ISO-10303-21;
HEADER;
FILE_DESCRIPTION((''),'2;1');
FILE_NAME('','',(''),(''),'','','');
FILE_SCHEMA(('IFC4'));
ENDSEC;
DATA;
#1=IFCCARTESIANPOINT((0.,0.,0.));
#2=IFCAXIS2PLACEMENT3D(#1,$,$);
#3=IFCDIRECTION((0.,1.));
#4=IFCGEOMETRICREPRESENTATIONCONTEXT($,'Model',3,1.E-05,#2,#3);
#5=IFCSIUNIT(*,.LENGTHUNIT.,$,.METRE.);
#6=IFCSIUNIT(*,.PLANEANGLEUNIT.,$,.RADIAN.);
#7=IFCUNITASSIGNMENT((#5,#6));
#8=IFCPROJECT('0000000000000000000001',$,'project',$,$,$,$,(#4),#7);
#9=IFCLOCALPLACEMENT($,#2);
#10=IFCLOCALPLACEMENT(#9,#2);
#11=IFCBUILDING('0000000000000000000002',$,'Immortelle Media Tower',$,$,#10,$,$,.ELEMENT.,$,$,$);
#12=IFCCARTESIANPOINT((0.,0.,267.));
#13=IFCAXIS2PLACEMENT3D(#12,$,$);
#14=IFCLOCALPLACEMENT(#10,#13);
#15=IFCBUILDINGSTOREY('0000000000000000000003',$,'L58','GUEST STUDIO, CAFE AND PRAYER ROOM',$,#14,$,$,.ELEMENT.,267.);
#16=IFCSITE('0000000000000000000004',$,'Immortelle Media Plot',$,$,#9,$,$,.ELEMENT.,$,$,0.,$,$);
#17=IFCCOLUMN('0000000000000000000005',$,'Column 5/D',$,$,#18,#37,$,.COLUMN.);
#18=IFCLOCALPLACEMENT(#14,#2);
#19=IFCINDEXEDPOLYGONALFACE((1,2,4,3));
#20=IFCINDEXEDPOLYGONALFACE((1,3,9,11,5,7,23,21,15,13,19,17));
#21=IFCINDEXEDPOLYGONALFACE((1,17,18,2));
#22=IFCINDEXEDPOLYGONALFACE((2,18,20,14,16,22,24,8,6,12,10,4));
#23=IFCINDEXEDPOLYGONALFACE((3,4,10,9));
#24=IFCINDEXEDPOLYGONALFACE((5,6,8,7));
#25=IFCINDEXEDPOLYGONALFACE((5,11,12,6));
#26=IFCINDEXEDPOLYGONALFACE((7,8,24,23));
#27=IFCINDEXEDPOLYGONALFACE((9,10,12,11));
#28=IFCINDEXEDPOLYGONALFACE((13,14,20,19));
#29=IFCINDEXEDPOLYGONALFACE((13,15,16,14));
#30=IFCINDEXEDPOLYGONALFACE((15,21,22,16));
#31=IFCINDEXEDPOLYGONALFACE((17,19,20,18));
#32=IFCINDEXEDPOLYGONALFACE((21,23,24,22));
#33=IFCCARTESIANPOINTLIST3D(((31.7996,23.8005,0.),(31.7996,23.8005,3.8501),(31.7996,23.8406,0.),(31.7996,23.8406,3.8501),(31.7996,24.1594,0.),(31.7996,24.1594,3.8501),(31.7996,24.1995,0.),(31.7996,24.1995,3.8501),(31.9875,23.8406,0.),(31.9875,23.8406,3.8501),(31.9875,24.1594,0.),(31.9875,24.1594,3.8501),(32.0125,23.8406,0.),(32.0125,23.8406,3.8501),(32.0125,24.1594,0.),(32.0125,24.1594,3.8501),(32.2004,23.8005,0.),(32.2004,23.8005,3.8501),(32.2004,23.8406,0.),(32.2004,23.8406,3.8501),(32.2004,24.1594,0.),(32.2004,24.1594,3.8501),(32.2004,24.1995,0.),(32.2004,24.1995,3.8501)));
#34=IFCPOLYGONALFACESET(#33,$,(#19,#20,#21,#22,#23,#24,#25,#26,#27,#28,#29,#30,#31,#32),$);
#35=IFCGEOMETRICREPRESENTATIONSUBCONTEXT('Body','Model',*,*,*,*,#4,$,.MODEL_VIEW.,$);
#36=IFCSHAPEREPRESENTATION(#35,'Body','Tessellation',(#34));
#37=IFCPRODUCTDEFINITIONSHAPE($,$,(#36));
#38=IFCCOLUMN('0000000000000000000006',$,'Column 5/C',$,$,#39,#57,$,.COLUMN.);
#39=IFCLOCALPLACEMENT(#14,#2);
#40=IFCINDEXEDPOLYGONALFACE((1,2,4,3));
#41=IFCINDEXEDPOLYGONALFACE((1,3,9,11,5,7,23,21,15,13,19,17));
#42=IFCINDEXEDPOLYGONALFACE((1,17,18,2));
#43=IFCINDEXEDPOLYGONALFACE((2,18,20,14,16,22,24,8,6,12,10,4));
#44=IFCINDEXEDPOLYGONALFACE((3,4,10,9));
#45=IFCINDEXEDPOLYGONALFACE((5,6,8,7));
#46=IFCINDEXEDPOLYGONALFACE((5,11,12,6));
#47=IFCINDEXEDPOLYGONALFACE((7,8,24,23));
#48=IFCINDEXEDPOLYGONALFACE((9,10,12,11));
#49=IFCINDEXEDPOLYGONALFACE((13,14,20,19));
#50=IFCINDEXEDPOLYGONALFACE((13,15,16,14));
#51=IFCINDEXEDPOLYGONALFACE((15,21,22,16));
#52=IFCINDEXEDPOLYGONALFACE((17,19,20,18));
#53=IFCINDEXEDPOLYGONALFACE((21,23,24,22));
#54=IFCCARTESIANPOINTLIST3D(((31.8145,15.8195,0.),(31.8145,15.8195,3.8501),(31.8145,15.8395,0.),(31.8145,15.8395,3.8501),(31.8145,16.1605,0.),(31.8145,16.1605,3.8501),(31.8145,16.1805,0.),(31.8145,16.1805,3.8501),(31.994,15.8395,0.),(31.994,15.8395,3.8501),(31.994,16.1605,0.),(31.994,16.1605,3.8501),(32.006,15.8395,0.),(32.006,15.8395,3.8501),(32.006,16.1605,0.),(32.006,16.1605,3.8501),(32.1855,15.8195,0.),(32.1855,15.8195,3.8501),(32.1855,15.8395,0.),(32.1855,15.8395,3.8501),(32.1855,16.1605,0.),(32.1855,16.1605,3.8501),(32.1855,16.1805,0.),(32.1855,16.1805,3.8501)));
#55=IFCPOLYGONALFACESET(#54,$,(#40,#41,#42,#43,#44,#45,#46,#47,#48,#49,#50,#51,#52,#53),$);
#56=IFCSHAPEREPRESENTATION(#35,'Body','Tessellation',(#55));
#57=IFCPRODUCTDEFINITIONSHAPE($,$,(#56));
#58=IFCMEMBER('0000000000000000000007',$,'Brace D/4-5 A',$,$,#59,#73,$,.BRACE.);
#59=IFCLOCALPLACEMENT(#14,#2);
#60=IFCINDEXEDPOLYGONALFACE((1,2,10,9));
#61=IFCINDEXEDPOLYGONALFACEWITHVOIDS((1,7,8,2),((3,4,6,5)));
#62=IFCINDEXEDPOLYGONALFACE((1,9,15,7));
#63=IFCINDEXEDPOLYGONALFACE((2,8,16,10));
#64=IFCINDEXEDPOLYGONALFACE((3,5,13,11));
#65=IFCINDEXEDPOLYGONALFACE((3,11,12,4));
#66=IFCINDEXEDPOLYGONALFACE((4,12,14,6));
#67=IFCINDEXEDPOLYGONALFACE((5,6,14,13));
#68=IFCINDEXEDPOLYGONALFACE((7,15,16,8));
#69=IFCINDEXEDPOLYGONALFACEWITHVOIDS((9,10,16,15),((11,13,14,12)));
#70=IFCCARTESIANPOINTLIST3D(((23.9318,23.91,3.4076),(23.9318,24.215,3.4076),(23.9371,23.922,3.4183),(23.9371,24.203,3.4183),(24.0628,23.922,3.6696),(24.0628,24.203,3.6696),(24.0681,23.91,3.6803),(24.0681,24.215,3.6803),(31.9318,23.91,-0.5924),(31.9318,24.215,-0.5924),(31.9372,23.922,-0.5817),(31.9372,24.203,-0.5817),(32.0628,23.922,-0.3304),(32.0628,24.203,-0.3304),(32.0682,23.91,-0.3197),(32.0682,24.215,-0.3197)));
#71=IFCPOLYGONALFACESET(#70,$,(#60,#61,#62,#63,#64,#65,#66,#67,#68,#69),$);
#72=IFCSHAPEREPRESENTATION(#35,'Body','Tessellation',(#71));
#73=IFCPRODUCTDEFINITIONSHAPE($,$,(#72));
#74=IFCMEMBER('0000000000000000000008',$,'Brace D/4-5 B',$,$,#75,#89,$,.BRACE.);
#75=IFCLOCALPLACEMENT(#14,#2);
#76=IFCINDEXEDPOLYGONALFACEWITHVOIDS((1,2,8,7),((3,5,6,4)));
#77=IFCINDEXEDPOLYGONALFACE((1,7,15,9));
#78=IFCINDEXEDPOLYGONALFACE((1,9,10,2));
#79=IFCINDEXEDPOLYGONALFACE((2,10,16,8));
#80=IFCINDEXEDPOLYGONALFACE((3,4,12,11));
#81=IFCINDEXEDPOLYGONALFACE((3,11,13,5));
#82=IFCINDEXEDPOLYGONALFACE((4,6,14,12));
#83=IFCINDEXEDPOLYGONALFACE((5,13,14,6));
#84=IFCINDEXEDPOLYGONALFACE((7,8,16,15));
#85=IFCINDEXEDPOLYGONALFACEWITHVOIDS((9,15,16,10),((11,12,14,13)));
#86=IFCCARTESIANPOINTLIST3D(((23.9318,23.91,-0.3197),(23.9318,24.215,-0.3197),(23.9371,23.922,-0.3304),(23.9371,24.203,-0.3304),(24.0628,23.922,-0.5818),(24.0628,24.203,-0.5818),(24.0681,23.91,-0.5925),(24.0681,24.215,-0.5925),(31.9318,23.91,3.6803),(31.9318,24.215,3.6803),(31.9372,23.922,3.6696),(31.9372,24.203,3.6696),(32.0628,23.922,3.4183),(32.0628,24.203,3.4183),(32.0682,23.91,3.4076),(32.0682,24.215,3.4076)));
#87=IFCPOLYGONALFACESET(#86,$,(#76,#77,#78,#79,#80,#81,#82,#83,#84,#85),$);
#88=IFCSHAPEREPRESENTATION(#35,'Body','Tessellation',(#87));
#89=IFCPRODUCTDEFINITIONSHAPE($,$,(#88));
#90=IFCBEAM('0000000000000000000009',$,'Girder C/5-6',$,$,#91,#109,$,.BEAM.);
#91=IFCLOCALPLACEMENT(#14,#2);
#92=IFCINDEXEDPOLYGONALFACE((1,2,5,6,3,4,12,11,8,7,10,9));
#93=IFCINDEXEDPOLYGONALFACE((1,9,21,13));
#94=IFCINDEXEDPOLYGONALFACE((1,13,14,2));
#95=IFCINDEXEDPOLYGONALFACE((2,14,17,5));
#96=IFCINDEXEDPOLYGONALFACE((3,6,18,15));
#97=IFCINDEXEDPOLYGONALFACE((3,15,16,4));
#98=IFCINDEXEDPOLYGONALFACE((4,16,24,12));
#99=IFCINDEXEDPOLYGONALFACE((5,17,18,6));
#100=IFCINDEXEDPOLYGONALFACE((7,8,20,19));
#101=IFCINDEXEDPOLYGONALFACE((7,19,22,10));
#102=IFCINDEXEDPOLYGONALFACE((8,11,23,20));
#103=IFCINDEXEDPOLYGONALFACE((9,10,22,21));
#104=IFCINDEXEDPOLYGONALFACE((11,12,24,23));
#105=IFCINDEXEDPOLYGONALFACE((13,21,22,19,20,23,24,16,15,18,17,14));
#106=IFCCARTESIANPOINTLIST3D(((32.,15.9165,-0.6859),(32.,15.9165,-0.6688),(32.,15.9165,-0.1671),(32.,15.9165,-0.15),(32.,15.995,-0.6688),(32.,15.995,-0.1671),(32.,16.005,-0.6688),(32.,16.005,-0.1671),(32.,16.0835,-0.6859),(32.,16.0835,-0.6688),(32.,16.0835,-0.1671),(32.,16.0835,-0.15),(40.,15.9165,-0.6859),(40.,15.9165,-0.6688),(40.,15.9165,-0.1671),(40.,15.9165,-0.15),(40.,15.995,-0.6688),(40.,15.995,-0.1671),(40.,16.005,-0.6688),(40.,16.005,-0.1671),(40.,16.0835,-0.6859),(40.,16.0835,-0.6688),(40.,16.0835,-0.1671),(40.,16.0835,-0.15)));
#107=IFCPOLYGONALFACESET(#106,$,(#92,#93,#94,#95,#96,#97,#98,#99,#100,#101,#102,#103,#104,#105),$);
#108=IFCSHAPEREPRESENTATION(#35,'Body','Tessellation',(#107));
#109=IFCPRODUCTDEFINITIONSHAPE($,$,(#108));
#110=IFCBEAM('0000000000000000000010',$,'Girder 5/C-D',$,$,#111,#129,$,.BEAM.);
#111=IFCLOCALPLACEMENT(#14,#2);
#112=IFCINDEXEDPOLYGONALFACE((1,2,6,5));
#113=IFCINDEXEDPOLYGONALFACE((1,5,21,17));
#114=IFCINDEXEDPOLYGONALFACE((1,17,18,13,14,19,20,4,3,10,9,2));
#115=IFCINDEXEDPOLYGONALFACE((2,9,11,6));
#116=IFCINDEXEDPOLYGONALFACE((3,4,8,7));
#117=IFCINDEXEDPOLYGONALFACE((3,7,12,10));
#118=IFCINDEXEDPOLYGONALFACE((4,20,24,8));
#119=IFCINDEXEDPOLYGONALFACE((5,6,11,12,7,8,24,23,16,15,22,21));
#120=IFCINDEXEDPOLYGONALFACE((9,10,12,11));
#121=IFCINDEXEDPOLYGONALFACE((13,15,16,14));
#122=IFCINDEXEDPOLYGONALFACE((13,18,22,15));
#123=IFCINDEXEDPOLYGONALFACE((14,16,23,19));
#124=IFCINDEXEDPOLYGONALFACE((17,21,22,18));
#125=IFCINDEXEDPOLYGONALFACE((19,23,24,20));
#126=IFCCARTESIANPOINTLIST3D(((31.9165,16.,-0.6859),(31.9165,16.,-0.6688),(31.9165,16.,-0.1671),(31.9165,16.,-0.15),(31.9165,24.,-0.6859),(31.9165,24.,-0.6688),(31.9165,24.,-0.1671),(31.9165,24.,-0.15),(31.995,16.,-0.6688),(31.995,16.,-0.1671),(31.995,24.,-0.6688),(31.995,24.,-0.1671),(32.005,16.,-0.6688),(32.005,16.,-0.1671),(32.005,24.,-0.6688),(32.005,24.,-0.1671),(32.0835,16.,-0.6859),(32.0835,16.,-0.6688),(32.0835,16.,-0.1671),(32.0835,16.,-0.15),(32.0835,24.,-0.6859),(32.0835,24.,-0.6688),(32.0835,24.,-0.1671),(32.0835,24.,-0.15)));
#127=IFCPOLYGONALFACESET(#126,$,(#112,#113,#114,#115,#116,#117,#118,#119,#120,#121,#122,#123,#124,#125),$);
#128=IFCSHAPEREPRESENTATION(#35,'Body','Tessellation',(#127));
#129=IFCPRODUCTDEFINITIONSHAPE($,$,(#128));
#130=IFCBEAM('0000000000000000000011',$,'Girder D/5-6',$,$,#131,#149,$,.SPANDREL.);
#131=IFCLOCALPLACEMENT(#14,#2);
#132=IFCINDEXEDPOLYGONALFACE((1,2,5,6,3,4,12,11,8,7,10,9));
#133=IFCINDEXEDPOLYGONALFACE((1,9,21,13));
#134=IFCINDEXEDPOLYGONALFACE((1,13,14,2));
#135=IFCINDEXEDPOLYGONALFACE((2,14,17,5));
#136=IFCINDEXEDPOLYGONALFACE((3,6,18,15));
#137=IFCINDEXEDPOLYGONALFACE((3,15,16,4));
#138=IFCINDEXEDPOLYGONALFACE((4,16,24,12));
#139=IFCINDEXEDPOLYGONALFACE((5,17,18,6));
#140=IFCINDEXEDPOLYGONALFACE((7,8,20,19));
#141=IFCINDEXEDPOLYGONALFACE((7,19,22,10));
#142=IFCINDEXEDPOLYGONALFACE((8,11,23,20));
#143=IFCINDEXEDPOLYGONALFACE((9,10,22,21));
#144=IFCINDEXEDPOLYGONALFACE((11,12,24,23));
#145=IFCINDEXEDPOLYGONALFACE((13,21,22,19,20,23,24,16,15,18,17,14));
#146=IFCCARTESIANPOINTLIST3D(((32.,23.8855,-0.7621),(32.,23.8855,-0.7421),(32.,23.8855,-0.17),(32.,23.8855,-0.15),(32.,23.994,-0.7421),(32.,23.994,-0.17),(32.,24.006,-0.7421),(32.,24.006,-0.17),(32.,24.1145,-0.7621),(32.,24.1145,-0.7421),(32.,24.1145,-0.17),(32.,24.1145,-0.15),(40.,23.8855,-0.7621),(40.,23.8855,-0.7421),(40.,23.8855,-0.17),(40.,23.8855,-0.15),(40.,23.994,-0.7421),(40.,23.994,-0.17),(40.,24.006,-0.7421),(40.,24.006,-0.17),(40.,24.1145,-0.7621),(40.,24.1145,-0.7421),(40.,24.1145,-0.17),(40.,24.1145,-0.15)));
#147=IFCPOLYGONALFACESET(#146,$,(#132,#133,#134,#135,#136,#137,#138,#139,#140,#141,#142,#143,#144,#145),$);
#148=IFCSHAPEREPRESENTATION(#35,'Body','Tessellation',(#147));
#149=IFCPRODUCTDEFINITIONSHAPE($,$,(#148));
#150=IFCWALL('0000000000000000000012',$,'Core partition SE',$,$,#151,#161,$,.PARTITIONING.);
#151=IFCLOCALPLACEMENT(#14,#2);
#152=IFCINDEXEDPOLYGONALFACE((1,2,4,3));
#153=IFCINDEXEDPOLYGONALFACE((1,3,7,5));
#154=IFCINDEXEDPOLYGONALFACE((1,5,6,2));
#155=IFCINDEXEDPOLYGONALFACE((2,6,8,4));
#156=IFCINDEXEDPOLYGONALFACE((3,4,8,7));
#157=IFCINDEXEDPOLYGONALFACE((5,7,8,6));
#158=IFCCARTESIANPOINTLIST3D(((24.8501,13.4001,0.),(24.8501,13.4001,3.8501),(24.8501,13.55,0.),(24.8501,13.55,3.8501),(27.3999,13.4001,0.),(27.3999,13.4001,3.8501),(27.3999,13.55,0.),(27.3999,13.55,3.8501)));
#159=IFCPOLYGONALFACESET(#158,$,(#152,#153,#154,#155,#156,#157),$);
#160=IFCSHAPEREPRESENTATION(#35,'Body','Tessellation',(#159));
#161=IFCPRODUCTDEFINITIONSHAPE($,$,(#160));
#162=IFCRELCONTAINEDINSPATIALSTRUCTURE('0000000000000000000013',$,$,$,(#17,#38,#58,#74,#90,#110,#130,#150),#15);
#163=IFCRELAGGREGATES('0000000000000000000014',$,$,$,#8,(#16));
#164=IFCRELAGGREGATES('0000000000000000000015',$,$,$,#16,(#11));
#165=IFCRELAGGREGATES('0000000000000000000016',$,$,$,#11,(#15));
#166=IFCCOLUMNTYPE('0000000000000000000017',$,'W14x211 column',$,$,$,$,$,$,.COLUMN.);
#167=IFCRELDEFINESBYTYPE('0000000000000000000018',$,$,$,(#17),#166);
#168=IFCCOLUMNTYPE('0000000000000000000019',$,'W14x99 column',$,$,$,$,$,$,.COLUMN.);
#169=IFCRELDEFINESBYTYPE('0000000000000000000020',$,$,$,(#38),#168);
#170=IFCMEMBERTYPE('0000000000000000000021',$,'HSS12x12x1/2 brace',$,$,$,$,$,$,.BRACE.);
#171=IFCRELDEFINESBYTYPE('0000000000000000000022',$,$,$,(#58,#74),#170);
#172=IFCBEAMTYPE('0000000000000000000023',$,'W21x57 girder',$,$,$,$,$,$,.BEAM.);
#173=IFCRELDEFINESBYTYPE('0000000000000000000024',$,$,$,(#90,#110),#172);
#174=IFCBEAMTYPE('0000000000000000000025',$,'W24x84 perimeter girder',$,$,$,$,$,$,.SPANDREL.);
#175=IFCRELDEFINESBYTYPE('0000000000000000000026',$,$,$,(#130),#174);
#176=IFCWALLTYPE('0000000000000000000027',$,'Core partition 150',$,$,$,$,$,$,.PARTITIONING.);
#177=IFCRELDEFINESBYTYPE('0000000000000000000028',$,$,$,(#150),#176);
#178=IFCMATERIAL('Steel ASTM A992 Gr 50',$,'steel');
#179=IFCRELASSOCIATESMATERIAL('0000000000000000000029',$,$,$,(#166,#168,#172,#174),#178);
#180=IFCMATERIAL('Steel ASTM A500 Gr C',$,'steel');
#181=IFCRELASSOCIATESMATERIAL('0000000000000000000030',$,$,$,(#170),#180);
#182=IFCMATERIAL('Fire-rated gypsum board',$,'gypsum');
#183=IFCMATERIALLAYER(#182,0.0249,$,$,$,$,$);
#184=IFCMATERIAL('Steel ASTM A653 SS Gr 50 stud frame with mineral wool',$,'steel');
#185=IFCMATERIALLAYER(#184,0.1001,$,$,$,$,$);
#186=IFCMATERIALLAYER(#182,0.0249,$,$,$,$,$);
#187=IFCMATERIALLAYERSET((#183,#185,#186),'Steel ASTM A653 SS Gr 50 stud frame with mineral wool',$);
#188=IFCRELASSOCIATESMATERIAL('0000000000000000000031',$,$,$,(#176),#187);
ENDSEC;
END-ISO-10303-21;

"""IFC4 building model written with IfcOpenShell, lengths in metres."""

from ifc_helpers import new_model, si_unit, direction, frame, frame_2d, origin, origin_2d, place, context, subcontext, project, spatial, rectangle, hollow_rectangle, i_section, extrude, material, layer, layer_set, material_profile, profile_set, type_object, element, save


model = new_model("IFC4")

# Units and contexts
model_context = context("Model", 3, precision=1e-05, world=origin(), true_north=direction((0.0, 1.0)))
body_context = subcontext(model_context, "Body", "Model", "MODEL_VIEW")
ifc_project = project(units=[si_unit("LENGTHUNIT", "METRE"), si_unit("PLANEANGLEUNIT", "RADIAN")], contexts=[model_context])

# Site, building, storey
site_placement = place(None, origin())
site = spatial("IfcSite", under=ifc_project, at=site_placement, Name="Immortelle Media Plot", CompositionType="ELEMENT", RefElevation=0.0)
building_placement = place(site_placement, origin())
building = spatial("IfcBuilding", under=site, at=building_placement, Name="Immortelle Media Tower", CompositionType="ELEMENT")
storey_placement = place(building_placement, frame((0.0, 0.0, 267.0)))
storey = spatial("IfcBuildingStorey", under=building, at=storey_placement, Name="L58", Description="GUEST STUDIO, CAFE AND PRAYER ROOM", CompositionType="ELEMENT", Elevation=267.0)

# Columns
ifc_material_1 = material(Name="Steel ASTM A992 Gr 50", Category="steel")
ifc_material_profile_1 = material_profile(ifc_material_1, i_section(OverallWidth=0.4009, OverallDepth=0.3989, WebThickness=0.0249, FlangeThickness=0.04, at=origin_2d()), Name="W14x211")
ifc_profile_set_1 = profile_set([ifc_material_profile_1], Name="Steel ASTM A992 Gr 50")
column_type_1 = type_object("IfcColumnType", Name="W14x211 column", PredefinedType="COLUMN", material=ifc_profile_set_1)
column_1_placement = place(storey_placement, frame((32.0, 24.0, 0.0), z_axis=(0.0, 0.0, 1.0), x_axis=(1.0, 0.0, 0.0)))
element("IfcColumn", 1, at=column_1_placement, inside=storey, type_object=column_type_1, Name="Column 5/D", PredefinedType="COLUMN", context=body_context, shape_type="SweptSolid", body=[
    extrude(i_section(OverallWidth=0.4009, OverallDepth=0.3989, WebThickness=0.0249, FlangeThickness=0.04, at=origin_2d()), origin(), (0.0, 0.0, 1.0), 3.8501),
])
ifc_material_profile_2 = material_profile(ifc_material_1, i_section(OverallWidth=0.3711, OverallDepth=0.3611, WebThickness=0.012, FlangeThickness=0.02, at=origin_2d()), Name="W14x99")
ifc_profile_set_2 = profile_set([ifc_material_profile_2], Name="Steel ASTM A992 Gr 50")
column_type_2 = type_object("IfcColumnType", Name="W14x99 column", PredefinedType="COLUMN", material=ifc_profile_set_2)
column_2_placement = place(storey_placement, frame((32.0, 16.0, 0.0), z_axis=(0.0, 0.0, 1.0), x_axis=(1.0, 0.0, 0.0)))
element("IfcColumn", 2, at=column_2_placement, inside=storey, type_object=column_type_2, Name="Column 5/C", PredefinedType="COLUMN", context=body_context, shape_type="SweptSolid", body=[
    extrude(i_section(OverallWidth=0.3711, OverallDepth=0.3611, WebThickness=0.012, FlangeThickness=0.02, at=origin_2d()), origin(), (0.0, 0.0, 1.0), 3.8501),
])

# Members
ifc_material_2 = material(Name="Steel ASTM A500 Gr C", Category="steel")
ifc_material_profile_3 = material_profile(ifc_material_2, hollow_rectangle(XDim=0.3049, YDim=0.3049, WallThickness=0.012, at=origin_2d()), Name="HSS12x12x1/2 brace")
ifc_profile_set_3 = profile_set([ifc_material_profile_3], Name="Steel ASTM A500 Gr C")
member_type = type_object("IfcMemberType", Name="HSS12x12x1/2 brace", PredefinedType="BRACE", material=ifc_profile_set_3)
for number, where, z_axis, x_axis, name in (
    (3, (32.0, 24.0625, -0.4561), (-0.894427, 0.0, 0.447214), (0.0, -1.0, 0.0), "Brace D/4-5 A"),
    (4, (32.0, 24.0625, 3.5439), (-0.894427, 0.0, -0.447214), (0.0, -1.0, 0.0), "Brace D/4-5 B"),
):
    element("IfcMember", number, at=place(storey_placement, frame(where, z_axis=z_axis, x_axis=x_axis)), inside=storey, type_object=member_type, Name=name, PredefinedType="BRACE", context=body_context, shape_type="SweptSolid", body=[
        extrude(hollow_rectangle(XDim=0.3049, YDim=0.3049, WallThickness=0.012, at=origin_2d()), origin(), (0.0, 0.0, 1.0), 8.9443),
    ])

# Beams
ifc_material_profile_4 = material_profile(ifc_material_1, i_section(OverallWidth=0.167, OverallDepth=0.5359, WebThickness=0.01, FlangeThickness=0.0171, at=origin_2d()), Name="W21x57")
ifc_profile_set_4 = profile_set([ifc_material_profile_4], Name="Steel ASTM A992 Gr 50")
beam_type_1 = type_object("IfcBeamType", Name="W21x57 girder", PredefinedType="BEAM", material=ifc_profile_set_4)
for number, where, z_axis, x_axis, name in (
    (5, (32.0, 16.0, -0.418), (1.0, 0.0, 0.0), (0.0, 1.0, 0.0), "Girder C/5-6"),
    (6, (32.0, 16.0, -0.418), (0.0, 1.0, 0.0), (-1.0, 0.0, 0.0), "Girder 5/C-D"),
):
    element("IfcBeam", number, at=place(storey_placement, frame(where, z_axis=z_axis, x_axis=x_axis)), inside=storey, type_object=beam_type_1, Name=name, PredefinedType="BEAM", context=body_context, shape_type="SweptSolid", body=[
        extrude(i_section(OverallWidth=0.167, OverallDepth=0.5359, WebThickness=0.01, FlangeThickness=0.0171, at=origin_2d()), origin(), (0.0, 0.0, 1.0), 8.0),
    ])
ifc_material_profile_5 = material_profile(ifc_material_1, i_section(OverallWidth=0.229, OverallDepth=0.6121, WebThickness=0.012, FlangeThickness=0.02, at=origin_2d()), Name="W24x84")
ifc_profile_set_5 = profile_set([ifc_material_profile_5], Name="Steel ASTM A992 Gr 50")
beam_type_2 = type_object("IfcBeamType", Name="W24x84 perimeter girder", PredefinedType="SPANDREL", material=ifc_profile_set_5)
beam_placement = place(storey_placement, frame((32.0, 24.0, -0.4561), z_axis=(1.0, 0.0, 0.0), x_axis=(0.0, 1.0, 0.0)))
element("IfcBeam", 7, at=beam_placement, inside=storey, type_object=beam_type_2, Name="Girder D/5-6", PredefinedType="SPANDREL", context=body_context, shape_type="SweptSolid", body=[
    extrude(i_section(OverallWidth=0.229, OverallDepth=0.6121, WebThickness=0.012, FlangeThickness=0.02, at=origin_2d()), origin(), (0.0, 0.0, 1.0), 8.0),
])

# Wall
ifc_material_3 = material(Name="Fire-rated gypsum board", Category="gypsum")
ifc_layer_1 = layer(ifc_material_3, 0.0249)
ifc_material_4 = material(Name="Steel ASTM A653 SS Gr 50 stud frame with mineral wool", Category="steel")
ifc_layer_2 = layer(ifc_material_4, 0.1001)
ifc_layer_3 = layer(ifc_material_3, 0.0249)
ifc_layer_set_1 = layer_set([ifc_layer_1, ifc_layer_2, ifc_layer_3], Name="Steel ASTM A653 SS Gr 50 stud frame with mineral wool")
wall_type_1 = type_object("IfcWallType", Name="Core partition 150", PredefinedType="PARTITIONING", material=ifc_layer_set_1)
wall_1_placement = place(storey_placement, frame((24.8501, 13.4751, 0.0), z_axis=(0.0, 0.0, 1.0), x_axis=(1.0, 0.0, 0.0)))
element("IfcWall", 8, at=wall_1_placement, inside=storey, type_object=wall_type_1, Name="Core partition SE", PredefinedType="PARTITIONING", context=body_context, shape_type="SweptSolid", body=[
    extrude(rectangle(XDim=2.5498, YDim=0.1499, at=frame_2d((1.2749, 0.0))), origin(), (0.0, 0.0, 1.0), 3.8501),
])

save(model, "model.ifc")
